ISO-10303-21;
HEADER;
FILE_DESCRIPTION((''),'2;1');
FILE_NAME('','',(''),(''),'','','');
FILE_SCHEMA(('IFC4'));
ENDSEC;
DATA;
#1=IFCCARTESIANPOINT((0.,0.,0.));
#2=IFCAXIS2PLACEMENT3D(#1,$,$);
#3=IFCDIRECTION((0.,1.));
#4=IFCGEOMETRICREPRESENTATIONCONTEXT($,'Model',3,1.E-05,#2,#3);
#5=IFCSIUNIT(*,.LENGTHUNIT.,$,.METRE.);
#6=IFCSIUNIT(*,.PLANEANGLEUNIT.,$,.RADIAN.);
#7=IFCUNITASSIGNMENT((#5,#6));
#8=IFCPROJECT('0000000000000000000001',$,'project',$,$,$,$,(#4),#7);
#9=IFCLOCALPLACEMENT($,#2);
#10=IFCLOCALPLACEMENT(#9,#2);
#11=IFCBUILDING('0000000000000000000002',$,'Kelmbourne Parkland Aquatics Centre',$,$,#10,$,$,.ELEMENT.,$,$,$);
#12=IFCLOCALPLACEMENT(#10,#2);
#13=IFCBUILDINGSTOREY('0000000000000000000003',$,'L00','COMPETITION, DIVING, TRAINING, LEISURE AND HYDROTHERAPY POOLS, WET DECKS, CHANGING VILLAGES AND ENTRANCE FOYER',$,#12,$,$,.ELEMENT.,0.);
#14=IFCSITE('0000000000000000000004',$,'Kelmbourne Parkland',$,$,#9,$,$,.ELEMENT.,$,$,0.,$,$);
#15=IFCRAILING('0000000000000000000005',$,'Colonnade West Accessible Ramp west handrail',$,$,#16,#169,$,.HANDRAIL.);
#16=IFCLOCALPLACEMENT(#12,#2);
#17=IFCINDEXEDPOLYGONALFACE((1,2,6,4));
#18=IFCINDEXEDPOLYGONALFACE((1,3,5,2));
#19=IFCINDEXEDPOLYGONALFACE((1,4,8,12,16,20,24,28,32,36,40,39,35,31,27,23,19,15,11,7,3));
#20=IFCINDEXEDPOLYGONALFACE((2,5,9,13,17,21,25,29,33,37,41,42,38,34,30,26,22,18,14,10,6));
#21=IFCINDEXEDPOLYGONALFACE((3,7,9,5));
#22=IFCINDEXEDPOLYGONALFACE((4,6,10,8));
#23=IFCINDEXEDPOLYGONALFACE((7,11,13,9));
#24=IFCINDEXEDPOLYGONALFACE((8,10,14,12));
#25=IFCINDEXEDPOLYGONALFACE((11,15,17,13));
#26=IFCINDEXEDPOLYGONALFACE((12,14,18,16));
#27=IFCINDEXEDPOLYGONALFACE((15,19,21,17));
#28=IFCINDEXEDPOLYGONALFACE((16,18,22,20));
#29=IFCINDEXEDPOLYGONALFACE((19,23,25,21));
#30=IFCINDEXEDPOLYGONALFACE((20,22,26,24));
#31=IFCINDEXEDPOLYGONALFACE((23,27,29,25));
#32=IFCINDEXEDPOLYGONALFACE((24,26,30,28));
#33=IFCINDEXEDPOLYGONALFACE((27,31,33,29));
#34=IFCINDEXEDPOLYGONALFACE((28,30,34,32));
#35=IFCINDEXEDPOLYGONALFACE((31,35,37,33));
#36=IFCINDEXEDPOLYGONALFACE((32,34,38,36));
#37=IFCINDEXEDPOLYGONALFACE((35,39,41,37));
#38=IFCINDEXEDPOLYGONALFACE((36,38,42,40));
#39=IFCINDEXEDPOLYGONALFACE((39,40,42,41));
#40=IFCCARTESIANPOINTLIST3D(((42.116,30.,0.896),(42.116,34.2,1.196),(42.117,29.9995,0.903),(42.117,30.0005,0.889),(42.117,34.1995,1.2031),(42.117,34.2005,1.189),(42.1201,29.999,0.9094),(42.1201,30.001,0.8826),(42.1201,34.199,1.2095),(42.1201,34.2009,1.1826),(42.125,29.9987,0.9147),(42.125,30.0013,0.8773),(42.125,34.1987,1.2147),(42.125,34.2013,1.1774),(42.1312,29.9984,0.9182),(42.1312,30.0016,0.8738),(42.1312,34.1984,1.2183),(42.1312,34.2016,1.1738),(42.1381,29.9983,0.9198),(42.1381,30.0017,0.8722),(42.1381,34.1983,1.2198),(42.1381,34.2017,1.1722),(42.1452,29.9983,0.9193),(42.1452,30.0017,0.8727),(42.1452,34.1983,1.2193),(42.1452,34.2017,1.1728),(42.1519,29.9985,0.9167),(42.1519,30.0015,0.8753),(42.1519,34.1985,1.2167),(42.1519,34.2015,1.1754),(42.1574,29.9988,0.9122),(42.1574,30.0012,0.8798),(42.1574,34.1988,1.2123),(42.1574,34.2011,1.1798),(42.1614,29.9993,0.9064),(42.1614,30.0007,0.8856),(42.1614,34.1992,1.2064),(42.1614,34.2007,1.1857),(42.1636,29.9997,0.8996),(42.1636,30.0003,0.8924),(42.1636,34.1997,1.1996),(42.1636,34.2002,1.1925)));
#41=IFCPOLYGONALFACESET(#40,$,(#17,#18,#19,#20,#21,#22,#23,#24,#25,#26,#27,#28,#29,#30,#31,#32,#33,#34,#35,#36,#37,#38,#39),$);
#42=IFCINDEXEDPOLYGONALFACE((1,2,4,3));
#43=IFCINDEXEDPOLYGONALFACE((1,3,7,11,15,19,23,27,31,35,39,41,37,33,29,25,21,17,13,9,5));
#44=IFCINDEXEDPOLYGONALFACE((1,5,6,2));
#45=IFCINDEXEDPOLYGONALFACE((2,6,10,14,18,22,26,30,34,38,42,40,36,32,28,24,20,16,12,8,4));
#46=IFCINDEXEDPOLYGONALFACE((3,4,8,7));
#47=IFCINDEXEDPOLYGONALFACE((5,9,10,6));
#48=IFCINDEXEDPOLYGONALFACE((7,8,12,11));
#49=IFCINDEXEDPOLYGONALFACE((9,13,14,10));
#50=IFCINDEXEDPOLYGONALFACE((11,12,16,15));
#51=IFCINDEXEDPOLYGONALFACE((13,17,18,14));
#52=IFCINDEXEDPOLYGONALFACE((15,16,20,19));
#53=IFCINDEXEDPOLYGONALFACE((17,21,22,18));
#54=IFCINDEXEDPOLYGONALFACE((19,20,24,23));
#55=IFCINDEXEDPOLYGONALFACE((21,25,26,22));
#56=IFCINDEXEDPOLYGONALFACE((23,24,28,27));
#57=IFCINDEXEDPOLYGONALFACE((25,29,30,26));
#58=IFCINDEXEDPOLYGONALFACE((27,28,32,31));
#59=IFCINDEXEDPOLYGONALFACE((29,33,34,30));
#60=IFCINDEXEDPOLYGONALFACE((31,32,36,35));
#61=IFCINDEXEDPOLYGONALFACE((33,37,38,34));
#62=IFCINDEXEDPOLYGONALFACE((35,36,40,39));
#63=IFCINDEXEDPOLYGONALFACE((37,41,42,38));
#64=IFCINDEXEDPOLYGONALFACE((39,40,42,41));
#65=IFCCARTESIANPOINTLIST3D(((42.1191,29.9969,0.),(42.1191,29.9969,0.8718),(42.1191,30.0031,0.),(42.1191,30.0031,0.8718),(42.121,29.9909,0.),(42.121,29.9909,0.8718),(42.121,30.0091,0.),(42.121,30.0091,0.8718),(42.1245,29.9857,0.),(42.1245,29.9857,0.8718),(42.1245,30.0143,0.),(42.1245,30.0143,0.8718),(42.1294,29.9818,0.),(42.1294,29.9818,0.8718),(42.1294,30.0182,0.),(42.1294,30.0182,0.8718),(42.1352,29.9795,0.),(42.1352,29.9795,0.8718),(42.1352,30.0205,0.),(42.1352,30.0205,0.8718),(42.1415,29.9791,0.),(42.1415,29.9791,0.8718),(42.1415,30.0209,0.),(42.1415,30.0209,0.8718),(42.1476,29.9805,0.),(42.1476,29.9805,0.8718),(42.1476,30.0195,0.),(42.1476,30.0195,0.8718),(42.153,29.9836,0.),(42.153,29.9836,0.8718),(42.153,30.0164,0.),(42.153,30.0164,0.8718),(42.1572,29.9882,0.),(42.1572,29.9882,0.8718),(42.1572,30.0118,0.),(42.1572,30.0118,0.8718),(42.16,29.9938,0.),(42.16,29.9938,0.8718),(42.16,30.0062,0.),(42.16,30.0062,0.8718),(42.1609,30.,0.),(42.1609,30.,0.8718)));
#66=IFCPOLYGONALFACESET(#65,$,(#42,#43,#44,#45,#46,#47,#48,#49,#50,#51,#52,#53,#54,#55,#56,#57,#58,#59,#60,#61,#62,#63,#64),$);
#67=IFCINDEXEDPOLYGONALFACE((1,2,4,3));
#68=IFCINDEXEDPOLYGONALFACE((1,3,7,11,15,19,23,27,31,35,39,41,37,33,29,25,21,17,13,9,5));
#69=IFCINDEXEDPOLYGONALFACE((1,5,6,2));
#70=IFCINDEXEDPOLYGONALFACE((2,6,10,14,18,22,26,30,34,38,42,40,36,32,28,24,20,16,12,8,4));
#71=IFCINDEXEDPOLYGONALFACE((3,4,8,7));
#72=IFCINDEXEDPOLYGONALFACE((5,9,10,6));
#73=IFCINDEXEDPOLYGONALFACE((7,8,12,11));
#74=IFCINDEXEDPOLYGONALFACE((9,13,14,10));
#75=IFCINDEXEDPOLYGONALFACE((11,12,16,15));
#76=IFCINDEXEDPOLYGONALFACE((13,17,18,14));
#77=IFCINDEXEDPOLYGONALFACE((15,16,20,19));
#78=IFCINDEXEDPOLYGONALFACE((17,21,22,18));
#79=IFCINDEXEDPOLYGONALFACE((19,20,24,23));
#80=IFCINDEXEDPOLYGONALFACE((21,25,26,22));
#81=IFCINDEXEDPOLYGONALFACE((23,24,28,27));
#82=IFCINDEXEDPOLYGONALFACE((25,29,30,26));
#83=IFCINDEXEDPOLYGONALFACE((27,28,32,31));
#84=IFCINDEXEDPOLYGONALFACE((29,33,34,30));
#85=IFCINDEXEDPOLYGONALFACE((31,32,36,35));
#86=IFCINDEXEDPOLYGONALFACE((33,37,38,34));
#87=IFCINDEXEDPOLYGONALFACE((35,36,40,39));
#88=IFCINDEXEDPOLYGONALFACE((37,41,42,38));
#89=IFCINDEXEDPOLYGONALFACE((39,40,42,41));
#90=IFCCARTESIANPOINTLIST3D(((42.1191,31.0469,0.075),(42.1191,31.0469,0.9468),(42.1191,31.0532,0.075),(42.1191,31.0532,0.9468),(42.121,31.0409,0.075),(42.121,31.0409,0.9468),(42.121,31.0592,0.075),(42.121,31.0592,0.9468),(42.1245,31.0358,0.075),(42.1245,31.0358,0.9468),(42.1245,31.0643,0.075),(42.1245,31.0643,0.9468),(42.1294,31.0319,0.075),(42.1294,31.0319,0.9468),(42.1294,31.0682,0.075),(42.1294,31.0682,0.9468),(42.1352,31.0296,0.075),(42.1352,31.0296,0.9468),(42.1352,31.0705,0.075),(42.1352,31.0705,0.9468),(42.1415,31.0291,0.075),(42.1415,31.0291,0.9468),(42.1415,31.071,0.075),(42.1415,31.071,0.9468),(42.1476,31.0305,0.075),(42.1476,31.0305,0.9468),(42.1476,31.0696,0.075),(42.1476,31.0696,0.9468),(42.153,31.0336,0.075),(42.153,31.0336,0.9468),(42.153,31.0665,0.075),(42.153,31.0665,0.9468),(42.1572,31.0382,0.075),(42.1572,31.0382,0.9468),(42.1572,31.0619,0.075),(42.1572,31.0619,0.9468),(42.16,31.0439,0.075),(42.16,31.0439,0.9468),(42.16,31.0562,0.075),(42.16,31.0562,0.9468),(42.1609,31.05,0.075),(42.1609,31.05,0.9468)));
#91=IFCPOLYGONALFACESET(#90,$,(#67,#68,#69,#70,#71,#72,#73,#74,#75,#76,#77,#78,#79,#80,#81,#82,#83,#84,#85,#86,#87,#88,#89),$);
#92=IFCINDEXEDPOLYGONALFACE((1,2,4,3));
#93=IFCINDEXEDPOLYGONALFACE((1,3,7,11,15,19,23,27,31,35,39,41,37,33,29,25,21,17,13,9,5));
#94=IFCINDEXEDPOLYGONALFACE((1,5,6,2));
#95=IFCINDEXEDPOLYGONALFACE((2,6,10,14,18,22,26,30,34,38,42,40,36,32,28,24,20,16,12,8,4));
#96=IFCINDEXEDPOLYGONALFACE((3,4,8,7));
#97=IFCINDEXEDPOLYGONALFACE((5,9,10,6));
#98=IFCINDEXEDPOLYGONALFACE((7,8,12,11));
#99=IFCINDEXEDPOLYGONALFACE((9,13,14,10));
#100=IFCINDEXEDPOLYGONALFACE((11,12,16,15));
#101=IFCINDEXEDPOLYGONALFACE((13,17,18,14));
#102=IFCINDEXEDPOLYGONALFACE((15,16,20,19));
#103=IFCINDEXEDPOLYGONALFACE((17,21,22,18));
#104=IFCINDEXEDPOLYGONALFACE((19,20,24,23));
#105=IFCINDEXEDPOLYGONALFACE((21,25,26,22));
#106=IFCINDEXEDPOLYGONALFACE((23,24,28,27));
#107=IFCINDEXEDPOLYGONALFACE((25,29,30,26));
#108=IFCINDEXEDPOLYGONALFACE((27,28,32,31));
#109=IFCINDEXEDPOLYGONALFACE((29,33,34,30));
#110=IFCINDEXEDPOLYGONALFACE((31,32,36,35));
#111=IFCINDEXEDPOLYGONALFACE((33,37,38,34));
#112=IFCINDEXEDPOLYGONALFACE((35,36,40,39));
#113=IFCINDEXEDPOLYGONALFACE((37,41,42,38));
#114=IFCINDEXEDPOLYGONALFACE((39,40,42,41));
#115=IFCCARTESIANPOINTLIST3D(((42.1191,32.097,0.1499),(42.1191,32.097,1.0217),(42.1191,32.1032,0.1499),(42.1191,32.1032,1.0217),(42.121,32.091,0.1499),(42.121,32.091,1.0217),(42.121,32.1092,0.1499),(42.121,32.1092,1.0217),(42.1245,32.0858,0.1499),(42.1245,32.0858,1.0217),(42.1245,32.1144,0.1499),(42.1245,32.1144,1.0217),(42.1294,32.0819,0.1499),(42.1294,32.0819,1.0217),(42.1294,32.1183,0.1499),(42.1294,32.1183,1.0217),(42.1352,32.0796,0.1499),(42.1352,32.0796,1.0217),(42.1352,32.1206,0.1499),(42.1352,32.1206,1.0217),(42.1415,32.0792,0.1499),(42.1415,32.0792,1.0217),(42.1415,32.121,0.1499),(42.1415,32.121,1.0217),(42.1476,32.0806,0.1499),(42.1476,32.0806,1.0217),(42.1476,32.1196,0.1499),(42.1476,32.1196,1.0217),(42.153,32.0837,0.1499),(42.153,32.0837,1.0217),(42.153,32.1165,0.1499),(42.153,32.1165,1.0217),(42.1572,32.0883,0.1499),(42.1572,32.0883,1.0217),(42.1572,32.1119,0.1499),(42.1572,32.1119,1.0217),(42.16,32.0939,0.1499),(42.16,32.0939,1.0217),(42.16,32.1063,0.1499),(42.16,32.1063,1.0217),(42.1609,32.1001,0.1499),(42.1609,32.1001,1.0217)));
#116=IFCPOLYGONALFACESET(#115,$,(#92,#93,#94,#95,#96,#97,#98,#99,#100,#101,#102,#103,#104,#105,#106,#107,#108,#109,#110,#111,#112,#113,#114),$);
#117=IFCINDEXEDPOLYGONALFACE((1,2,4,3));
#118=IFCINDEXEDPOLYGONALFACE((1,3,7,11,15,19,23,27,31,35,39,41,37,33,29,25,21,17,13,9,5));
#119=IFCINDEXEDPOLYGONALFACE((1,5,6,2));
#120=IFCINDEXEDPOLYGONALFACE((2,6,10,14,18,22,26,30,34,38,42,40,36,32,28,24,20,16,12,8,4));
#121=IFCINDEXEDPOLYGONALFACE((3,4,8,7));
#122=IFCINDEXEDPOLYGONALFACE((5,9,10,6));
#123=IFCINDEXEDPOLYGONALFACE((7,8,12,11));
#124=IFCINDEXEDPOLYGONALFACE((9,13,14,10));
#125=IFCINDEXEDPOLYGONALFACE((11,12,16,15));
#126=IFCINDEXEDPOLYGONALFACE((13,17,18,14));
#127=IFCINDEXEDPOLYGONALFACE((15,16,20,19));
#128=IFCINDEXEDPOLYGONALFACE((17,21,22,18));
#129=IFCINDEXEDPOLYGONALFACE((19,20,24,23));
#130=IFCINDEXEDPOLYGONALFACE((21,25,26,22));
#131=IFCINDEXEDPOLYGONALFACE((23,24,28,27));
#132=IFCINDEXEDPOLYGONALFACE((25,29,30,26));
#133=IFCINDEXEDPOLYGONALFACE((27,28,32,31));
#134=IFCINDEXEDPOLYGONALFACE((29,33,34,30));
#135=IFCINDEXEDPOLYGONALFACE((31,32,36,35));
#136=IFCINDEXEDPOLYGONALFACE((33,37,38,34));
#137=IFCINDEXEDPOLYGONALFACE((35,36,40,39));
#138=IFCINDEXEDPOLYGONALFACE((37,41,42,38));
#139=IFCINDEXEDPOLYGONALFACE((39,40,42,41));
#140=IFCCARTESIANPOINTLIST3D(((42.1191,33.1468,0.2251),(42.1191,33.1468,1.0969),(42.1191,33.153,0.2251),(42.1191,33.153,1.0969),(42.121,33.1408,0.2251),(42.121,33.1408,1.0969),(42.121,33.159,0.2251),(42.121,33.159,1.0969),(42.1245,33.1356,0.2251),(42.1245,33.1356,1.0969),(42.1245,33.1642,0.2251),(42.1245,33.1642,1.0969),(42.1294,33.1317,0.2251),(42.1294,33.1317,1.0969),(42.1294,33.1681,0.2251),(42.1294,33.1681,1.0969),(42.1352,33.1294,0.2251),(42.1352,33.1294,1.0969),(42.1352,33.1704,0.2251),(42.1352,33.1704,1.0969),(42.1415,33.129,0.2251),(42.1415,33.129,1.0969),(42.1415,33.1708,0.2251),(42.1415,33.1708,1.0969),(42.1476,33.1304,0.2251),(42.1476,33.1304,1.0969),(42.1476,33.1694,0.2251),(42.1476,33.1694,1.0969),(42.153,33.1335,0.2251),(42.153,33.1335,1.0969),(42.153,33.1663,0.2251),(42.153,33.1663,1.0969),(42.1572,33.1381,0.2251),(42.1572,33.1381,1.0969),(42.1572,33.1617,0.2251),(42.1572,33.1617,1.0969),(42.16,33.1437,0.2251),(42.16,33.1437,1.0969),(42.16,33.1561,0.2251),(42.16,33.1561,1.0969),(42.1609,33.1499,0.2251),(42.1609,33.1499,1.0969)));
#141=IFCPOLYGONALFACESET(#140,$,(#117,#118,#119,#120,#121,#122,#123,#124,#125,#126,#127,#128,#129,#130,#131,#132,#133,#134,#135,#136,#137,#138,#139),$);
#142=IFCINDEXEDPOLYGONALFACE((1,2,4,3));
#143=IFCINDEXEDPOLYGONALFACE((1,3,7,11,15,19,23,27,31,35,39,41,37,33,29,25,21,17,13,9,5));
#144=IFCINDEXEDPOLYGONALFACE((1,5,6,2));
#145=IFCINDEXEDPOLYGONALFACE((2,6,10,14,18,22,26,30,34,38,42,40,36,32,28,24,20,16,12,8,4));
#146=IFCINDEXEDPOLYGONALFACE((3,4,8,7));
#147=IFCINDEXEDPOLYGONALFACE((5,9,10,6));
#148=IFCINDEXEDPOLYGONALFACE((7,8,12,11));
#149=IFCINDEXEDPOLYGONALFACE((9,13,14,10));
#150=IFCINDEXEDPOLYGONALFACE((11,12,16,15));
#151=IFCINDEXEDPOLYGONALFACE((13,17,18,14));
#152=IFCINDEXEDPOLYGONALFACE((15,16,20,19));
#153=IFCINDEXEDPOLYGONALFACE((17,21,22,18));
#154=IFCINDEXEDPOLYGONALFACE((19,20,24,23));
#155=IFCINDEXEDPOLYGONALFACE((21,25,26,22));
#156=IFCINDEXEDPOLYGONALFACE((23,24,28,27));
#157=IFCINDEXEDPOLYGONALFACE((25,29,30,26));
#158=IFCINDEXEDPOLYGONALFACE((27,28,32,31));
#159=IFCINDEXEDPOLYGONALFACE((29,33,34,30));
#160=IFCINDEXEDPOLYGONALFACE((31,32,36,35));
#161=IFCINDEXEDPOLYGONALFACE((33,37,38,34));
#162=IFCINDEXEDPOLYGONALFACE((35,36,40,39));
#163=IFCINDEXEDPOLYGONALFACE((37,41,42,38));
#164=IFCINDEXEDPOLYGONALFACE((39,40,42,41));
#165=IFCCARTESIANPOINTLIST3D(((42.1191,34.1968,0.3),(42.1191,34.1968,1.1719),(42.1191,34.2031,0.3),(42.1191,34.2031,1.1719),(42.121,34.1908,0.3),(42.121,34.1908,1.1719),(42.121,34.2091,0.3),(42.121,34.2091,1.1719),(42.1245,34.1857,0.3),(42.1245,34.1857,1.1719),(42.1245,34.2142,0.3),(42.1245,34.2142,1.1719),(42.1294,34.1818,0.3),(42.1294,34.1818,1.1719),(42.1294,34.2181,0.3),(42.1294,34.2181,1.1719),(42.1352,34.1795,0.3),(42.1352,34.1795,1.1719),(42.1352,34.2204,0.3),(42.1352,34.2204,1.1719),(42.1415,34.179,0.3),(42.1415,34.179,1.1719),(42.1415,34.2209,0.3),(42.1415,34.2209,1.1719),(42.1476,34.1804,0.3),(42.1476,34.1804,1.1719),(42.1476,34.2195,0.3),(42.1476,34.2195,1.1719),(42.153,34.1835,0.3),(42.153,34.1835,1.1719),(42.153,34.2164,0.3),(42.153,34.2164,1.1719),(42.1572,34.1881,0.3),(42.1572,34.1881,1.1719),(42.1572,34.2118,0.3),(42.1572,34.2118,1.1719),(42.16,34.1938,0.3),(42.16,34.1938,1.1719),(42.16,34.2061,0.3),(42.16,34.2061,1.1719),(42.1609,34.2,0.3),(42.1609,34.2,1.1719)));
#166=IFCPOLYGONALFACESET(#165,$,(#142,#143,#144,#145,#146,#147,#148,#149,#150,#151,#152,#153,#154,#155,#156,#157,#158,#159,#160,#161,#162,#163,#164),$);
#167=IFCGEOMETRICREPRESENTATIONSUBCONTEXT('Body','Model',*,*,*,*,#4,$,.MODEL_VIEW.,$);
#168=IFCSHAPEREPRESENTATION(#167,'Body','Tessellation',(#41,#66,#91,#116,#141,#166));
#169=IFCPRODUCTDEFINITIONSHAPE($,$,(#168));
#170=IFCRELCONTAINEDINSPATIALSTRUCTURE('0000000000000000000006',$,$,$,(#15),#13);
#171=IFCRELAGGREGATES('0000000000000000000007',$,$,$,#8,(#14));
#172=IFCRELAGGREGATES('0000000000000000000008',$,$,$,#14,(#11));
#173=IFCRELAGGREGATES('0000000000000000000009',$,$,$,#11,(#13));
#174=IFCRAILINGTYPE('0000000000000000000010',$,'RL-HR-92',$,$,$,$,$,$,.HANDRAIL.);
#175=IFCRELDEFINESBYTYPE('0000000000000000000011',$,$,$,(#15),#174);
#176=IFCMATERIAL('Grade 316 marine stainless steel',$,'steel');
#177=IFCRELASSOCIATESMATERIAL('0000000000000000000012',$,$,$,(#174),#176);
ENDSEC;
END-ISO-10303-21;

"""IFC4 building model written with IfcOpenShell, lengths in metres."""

from ifc_helpers import new_model, si_unit, direction, frame, origin, origin_2d, place, context, subcontext, project, spatial, circle, extrude, material, type_object, element, save


model = new_model("IFC4")

# Units and contexts
model_context = context("Model", 3, precision=1e-05, world=origin(), true_north=direction((0.0, 1.0)))
body_context = subcontext(model_context, "Body", "Model", "MODEL_VIEW")
ifc_project = project(units=[si_unit("LENGTHUNIT", "METRE"), si_unit("PLANEANGLEUNIT", "RADIAN")], contexts=[model_context])

# Site, building, storey
site_placement = place(None, origin())
site = spatial("IfcSite", under=ifc_project, at=site_placement, Name="Kelmbourne Parkland", CompositionType="ELEMENT", RefElevation=0.0)
building_placement = place(site_placement, origin())
building = spatial("IfcBuilding", under=site, at=building_placement, Name="Kelmbourne Parkland Aquatics Centre", CompositionType="ELEMENT")
storey_placement = place(building_placement, origin())
storey = spatial("IfcBuildingStorey", under=building, at=storey_placement, Name="L00", Description="COMPETITION, DIVING, TRAINING, LEISURE AND HYDROTHERAPY POOLS, WET DECKS, CHANGING VILLAGES AND ENTRANCE FOYER", CompositionType="ELEMENT", Elevation=0.0)

# Railing
ifc_material_1 = material(Name="Grade 316 marine stainless steel", Category="steel")
railing_type = type_object("IfcRailingType", Name="RL-HR-92", PredefinedType="HANDRAIL", material=ifc_material_1)
for number, where, name in (
    (1, (42.1399, 30.0, 0.0), "Colonnade West Accessible Ramp west handrail"),
):
    element("IfcRailing", number, at=place(storey_placement, frame(where)), inside=storey, type_object=railing_type, Name=name, PredefinedType="HANDRAIL", context=body_context, shape_type="SweptSolid", body=[
        extrude(circle(Radius=0.0239, at=origin_2d()), frame((0.0, 0.0, 0.896), z_axis=(0.0, 0.997458, 0.071259), x_axis=(-1.0, 0.0, 0.0)), (0.0, 0.0, 1.0), 4.2107),
        extrude(circle(Radius=0.021, at=origin_2d()), origin(), (0.0, 0.0, 1.0), 0.8718),
        extrude(circle(Radius=0.021, at=origin_2d()), frame((0.0, 1.05, 0.075)), (0.0, 0.0, 1.0), 0.8718),
        extrude(circle(Radius=0.021, at=origin_2d()), frame((0.0, 2.1001, 0.1499)), (0.0, 0.0, 1.0), 0.8718),
        extrude(circle(Radius=0.021, at=origin_2d()), frame((0.0, 3.1499, 0.2251)), (0.0, 0.0, 1.0), 0.8718),
        extrude(circle(Radius=0.021, at=origin_2d()), frame((0.0, 4.2, 0.3)), (0.0, 0.0, 1.0), 0.8718),
    ])

save(model, "model.ifc")
